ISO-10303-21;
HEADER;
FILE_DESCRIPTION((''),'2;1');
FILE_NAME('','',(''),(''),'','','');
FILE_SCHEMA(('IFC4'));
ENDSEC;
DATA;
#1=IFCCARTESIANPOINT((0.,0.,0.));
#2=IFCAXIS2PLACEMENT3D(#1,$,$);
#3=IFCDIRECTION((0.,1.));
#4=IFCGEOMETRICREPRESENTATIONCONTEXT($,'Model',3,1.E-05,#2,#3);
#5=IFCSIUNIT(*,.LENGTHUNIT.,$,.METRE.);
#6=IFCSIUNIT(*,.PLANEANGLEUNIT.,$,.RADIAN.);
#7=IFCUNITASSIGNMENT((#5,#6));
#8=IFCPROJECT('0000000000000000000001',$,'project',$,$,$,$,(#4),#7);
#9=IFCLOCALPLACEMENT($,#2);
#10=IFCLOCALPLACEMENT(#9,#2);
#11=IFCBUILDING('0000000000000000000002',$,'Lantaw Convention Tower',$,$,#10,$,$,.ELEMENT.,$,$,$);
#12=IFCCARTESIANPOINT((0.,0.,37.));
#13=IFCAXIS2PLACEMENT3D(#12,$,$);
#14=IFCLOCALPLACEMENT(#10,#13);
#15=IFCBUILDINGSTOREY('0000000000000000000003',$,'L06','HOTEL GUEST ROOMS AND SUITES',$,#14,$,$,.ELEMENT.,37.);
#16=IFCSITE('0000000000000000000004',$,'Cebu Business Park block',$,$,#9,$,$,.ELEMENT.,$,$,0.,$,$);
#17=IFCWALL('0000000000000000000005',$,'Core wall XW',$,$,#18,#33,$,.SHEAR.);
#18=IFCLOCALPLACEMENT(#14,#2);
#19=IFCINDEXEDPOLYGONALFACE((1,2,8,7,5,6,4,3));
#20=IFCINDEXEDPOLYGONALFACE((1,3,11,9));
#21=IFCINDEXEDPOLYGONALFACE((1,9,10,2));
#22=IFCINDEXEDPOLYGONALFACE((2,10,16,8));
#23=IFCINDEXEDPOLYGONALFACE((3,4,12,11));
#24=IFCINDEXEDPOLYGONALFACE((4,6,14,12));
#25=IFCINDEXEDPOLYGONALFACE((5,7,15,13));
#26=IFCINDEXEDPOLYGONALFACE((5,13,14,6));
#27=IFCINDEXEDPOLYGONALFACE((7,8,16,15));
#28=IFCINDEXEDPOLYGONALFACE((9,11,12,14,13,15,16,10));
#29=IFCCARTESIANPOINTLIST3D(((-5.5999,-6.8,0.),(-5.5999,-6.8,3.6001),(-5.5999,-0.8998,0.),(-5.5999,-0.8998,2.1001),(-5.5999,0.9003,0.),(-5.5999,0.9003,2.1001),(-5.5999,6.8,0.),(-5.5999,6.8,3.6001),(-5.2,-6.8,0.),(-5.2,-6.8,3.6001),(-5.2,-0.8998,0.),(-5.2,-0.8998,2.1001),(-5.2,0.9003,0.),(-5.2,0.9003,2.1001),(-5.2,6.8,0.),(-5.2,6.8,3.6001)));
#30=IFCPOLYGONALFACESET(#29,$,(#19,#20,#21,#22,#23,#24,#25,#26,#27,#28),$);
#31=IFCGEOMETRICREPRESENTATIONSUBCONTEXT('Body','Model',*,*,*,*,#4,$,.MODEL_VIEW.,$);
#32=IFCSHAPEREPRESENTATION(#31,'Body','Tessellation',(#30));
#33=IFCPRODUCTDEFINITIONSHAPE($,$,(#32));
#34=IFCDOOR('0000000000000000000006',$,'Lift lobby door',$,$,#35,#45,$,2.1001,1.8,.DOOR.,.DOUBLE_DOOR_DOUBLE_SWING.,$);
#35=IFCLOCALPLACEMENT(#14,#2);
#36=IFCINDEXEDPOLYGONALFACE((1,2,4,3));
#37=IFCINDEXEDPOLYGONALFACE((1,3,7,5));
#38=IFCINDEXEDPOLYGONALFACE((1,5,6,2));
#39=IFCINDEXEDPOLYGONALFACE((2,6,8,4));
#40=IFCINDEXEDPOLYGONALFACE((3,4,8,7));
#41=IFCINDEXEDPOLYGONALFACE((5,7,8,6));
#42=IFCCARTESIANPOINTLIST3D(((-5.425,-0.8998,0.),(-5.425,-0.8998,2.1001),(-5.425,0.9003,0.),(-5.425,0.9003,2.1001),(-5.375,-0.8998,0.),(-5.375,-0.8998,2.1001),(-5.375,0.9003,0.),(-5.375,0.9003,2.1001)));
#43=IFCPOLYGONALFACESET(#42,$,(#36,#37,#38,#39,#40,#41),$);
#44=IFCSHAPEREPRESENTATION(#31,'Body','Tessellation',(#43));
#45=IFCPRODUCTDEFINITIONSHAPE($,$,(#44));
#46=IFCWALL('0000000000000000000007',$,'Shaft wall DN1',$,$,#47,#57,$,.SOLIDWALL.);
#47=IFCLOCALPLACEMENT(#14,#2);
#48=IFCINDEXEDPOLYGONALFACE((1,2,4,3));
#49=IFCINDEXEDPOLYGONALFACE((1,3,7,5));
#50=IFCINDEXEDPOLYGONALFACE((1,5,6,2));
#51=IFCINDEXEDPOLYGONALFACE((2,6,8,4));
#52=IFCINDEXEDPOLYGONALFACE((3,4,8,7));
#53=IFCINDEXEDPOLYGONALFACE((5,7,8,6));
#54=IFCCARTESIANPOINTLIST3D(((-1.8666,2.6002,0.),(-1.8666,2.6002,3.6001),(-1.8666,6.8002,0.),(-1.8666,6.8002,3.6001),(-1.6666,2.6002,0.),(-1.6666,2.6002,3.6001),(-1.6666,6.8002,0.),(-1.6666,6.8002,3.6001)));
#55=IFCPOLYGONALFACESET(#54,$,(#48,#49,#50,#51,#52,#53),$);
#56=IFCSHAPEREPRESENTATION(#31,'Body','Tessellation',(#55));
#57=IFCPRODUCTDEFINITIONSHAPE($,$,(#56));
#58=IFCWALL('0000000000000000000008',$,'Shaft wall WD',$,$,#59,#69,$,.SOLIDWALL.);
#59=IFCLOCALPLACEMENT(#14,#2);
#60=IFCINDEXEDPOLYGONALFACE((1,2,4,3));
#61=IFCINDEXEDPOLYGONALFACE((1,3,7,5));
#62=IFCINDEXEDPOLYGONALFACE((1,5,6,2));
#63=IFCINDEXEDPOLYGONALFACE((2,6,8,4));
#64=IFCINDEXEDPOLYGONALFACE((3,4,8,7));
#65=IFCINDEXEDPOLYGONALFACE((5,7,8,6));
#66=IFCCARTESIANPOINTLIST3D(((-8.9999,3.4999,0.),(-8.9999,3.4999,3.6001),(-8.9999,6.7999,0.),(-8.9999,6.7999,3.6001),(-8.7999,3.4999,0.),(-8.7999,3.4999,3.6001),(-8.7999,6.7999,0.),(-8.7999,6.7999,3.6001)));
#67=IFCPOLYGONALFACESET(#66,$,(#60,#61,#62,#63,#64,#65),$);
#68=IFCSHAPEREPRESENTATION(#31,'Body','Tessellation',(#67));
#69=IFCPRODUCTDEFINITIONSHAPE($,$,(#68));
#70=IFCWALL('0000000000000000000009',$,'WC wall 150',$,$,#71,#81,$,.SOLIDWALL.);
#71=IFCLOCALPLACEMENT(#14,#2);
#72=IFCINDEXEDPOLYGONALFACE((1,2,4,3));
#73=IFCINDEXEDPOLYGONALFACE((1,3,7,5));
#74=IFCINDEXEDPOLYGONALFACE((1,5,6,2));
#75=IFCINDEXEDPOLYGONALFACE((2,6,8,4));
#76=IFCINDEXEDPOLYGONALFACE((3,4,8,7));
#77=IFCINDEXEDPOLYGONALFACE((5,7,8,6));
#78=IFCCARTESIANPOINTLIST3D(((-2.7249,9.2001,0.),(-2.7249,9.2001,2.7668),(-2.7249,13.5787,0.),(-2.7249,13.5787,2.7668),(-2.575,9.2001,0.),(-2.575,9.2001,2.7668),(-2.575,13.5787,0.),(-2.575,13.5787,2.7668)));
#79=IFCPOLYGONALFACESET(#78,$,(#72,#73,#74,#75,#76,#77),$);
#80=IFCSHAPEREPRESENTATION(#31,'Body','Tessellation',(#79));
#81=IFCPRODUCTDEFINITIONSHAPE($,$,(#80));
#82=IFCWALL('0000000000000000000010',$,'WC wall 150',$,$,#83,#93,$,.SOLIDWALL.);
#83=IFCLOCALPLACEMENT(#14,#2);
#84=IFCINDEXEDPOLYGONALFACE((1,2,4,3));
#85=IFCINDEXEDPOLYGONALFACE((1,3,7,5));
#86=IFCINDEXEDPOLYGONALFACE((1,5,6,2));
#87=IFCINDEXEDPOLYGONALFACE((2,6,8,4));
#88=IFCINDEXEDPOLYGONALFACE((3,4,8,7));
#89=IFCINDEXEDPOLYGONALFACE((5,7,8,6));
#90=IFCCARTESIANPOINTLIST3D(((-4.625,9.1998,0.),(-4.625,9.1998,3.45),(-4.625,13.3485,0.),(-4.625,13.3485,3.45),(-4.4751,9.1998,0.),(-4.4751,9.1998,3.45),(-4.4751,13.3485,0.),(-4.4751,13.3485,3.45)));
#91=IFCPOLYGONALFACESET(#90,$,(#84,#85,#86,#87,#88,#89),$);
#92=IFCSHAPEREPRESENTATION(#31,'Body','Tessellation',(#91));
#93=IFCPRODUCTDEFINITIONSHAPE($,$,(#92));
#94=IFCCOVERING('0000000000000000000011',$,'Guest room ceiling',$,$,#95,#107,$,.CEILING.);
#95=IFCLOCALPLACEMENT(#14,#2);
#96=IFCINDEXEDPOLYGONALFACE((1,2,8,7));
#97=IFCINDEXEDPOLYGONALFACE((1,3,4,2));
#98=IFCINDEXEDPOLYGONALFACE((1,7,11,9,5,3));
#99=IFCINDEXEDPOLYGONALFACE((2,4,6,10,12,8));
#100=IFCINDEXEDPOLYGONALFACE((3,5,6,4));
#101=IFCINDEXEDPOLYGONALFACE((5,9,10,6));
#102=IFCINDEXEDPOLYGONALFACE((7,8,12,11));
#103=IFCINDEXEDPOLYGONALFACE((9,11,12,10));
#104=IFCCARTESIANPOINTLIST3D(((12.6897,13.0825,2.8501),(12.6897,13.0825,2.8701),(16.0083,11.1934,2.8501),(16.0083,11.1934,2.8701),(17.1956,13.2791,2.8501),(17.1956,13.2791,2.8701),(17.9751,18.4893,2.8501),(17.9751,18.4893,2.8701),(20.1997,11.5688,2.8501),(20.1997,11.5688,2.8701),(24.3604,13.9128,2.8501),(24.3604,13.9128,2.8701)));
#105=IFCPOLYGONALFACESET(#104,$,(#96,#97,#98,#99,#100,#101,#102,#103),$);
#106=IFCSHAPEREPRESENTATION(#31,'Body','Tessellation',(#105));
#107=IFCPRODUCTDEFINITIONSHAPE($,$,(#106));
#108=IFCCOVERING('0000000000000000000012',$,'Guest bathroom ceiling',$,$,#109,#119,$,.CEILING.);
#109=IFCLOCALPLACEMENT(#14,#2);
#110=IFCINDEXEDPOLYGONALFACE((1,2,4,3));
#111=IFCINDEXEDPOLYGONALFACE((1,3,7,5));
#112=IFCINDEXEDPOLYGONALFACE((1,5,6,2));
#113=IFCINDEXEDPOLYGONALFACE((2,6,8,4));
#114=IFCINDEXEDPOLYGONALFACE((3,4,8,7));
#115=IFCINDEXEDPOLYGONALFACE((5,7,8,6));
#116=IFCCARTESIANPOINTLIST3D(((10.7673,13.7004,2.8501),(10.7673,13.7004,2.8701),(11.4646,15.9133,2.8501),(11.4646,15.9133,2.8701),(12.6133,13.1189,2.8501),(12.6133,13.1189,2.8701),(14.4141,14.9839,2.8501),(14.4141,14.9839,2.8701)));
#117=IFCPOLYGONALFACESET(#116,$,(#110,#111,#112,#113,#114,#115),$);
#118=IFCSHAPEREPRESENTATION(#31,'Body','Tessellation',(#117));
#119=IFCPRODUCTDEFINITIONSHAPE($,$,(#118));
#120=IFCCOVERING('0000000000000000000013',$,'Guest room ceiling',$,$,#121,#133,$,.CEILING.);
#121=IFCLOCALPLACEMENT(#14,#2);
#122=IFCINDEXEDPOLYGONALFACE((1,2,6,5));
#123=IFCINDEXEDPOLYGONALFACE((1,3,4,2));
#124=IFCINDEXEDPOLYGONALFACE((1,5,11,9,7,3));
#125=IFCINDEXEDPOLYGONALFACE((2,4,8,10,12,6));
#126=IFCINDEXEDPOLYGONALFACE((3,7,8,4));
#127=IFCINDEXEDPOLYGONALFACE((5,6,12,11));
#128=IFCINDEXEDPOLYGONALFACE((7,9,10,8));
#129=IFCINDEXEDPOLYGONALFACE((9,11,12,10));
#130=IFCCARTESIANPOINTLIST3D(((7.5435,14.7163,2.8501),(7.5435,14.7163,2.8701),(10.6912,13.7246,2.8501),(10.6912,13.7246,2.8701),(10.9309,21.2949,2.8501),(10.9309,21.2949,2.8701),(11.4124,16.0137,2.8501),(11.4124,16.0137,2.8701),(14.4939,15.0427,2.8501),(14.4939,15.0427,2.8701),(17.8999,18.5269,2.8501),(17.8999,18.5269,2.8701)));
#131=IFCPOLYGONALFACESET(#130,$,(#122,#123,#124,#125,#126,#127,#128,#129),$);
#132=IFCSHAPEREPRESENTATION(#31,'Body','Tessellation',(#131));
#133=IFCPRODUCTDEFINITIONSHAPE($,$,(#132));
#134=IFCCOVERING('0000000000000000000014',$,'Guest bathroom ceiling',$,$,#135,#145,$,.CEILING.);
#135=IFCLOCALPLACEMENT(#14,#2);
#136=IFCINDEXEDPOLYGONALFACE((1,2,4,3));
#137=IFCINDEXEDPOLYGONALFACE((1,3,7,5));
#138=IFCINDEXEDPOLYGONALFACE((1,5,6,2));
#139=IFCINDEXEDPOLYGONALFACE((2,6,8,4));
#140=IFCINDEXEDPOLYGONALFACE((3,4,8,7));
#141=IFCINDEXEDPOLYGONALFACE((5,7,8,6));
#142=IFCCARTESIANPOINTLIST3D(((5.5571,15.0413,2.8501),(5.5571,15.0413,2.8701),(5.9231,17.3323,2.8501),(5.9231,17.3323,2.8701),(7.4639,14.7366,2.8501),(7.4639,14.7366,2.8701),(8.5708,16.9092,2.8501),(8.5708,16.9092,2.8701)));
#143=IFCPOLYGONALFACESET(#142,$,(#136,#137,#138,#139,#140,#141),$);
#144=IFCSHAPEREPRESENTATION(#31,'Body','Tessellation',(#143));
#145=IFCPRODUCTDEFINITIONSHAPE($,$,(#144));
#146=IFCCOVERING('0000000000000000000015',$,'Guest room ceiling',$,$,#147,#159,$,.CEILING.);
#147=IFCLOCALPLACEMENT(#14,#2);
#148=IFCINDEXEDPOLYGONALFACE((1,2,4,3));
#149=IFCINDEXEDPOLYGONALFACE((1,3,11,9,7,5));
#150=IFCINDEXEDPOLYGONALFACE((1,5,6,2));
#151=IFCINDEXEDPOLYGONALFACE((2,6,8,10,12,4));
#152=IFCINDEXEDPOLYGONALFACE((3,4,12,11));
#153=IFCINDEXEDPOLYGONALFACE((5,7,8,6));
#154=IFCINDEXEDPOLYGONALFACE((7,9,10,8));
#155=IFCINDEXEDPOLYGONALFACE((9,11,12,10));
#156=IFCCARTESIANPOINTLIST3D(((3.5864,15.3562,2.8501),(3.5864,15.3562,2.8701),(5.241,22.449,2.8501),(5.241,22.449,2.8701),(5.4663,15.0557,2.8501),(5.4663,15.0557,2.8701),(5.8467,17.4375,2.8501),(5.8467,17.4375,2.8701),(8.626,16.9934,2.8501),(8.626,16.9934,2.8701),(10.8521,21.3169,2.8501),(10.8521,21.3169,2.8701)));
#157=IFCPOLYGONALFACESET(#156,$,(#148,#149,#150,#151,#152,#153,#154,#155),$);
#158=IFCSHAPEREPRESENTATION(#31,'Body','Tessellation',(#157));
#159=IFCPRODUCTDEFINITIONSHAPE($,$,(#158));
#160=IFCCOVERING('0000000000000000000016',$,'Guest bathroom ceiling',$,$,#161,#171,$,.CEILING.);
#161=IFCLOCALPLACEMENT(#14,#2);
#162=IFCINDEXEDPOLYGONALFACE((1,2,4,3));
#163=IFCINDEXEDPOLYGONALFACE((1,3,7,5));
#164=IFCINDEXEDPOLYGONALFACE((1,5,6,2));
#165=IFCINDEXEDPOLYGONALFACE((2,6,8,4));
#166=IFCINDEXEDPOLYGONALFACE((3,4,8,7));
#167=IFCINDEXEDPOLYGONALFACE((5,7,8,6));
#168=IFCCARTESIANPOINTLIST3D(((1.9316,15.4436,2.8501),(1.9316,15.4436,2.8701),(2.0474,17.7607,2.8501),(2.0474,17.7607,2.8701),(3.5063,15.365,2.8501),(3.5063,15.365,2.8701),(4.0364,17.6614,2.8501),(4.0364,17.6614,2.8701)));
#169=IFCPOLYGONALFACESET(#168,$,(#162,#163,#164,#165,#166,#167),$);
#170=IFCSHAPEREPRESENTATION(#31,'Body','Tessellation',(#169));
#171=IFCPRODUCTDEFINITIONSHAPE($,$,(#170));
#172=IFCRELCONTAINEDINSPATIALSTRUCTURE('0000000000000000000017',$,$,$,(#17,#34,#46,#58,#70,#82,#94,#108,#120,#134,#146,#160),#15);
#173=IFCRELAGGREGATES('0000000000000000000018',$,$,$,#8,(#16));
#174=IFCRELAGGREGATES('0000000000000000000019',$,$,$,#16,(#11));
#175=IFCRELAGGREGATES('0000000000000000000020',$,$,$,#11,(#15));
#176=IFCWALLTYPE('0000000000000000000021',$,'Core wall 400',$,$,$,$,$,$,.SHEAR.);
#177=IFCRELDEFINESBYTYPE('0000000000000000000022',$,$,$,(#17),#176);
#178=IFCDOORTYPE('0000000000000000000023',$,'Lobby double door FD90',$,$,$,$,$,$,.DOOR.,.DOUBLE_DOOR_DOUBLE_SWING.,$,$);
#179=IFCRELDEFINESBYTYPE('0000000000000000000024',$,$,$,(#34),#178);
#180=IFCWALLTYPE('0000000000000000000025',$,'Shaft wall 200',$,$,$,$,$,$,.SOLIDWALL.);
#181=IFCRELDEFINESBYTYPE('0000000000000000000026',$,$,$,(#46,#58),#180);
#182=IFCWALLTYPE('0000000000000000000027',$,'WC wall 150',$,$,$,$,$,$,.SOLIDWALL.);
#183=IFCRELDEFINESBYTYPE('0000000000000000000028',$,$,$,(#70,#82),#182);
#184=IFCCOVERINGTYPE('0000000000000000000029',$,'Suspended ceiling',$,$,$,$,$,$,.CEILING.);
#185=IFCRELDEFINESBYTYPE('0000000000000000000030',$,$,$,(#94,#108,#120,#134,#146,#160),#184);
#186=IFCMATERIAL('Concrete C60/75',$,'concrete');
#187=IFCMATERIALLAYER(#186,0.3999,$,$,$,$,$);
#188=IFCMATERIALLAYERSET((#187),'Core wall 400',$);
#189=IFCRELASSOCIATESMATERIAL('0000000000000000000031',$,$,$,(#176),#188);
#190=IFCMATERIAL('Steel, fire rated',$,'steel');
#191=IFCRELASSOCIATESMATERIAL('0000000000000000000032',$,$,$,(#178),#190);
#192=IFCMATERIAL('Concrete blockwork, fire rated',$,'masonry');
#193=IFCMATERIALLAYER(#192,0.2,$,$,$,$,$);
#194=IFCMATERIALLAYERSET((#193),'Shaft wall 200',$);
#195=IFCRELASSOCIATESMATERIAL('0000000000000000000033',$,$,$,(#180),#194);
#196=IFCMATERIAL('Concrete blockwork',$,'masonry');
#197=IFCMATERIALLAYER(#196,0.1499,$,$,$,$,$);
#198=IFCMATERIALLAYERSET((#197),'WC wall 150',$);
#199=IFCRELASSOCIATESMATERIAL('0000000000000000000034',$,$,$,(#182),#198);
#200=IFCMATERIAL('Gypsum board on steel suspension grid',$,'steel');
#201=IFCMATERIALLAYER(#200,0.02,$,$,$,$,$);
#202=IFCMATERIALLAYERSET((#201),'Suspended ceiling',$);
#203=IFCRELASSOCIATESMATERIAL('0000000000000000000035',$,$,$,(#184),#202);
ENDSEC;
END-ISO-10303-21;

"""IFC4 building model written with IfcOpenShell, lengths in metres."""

from ifc_helpers import new_model, si_unit, direction, frame, frame_2d, origin, place, context, subcontext, project, spatial, polyline, rectangle, outline, extrude, material, layer, layer_set, type_object, element, fill, save


model = new_model("IFC4")

# Units and contexts
model_context = context("Model", 3, precision=1e-05, world=origin(), true_north=direction((0.0, 1.0)))
body_context = subcontext(model_context, "Body", "Model", "MODEL_VIEW")
ifc_project = project(units=[si_unit("LENGTHUNIT", "METRE"), si_unit("PLANEANGLEUNIT", "RADIAN")], contexts=[model_context])

# Site, building, storey
site_placement = place(None, origin())
site = spatial("IfcSite", under=ifc_project, at=site_placement, Name="Cebu Business Park block", CompositionType="ELEMENT", RefElevation=0.0)
building_placement = place(site_placement, origin())
building = spatial("IfcBuilding", under=site, at=building_placement, Name="Lantaw Convention Tower", CompositionType="ELEMENT")
storey_placement = place(building_placement, frame((0.0, 0.0, 37.0)))
storey = spatial("IfcBuildingStorey", under=building, at=storey_placement, Name="L06", Description="HOTEL GUEST ROOMS AND SUITES", CompositionType="ELEMENT", Elevation=37.0)

# Wall, opening, door
ifc_material_1 = material(Name="Concrete C60/75", Category="concrete")
ifc_layer_1 = layer(ifc_material_1, 0.3999)
ifc_layer_set_1 = layer_set([ifc_layer_1], Name="Core wall 400")
wall_type_1 = type_object("IfcWallType", Name="Core wall 400", PredefinedType="SHEAR", material=ifc_layer_set_1)
wall_1_placement = place(storey_placement, frame((-5.3999, 6.8, 0.0), z_axis=(0.0, 0.0, 1.0), x_axis=(0.0, -1.0, 0.0)))
wall_1 = element("IfcWall", 1, at=wall_1_placement, inside=storey, type_object=wall_type_1, Name="Core wall XW", PredefinedType="SHEAR", context=body_context, shape_type="SweptSolid", body=[
    extrude(rectangle(XDim=13.6001, YDim=0.3999, at=frame_2d((6.8, 0.0))), origin(), (0.0, 0.0, 1.0), 3.6001),
])
opening_placement = place(wall_1_placement, frame((5.8999, 0.0, 0.0)))
opening = element("IfcOpeningElement", 2, at=opening_placement, cuts=wall_1, PredefinedType="OPENING", context=body_context, shape_type="SweptSolid", body=[
    extrude(rectangle(XDim=1.8, YDim=2.1001, at=frame_2d((0.8999, 1.05))), frame((0.0, 0.21, 0.0), z_axis=(0.0, -1.0, 0.0), x_axis=(1.0, 0.0, 0.0)), (0.0, 0.0, 1.0), 0.4199),
])
ifc_material_2 = material(Name="Steel, fire rated", Category="steel")
door_type = type_object("IfcDoorType", Name="Lobby double door FD90", OperationType="DOUBLE_DOOR_DOUBLE_SWING", PredefinedType="DOOR", material=ifc_material_2)
door_placement = place(opening_placement, origin())
door = element("IfcDoor", 3, at=door_placement, inside=storey, type_object=door_type, Name="Lift lobby door", OperationType="DOUBLE_DOOR_DOUBLE_SWING", OverallHeight=2.1001, OverallWidth=1.8, PredefinedType="DOOR", context=body_context, shape_type="SweptSolid", body=[
    extrude(rectangle(XDim=1.8, YDim=2.1001, at=frame_2d((0.8999, 1.05))), frame((0.0, 0.0249, 0.0), z_axis=(0.0, -1.0, 0.0), x_axis=(1.0, 0.0, 0.0)), (0.0, 0.0, 1.0), 0.05),
])
fill(opening, door)

# Walls
ifc_material_3 = material(Name="Concrete blockwork, fire rated", Category="masonry")
ifc_layer_2 = layer(ifc_material_3, 0.2)
ifc_layer_set_2 = layer_set([ifc_layer_2], Name="Shaft wall 200")
wall_type_2 = type_object("IfcWallType", Name="Shaft wall 200", PredefinedType="SOLIDWALL", material=ifc_layer_set_2)
wall_2_placement = place(storey_placement, frame((-1.7666, 2.6001, 0.0), z_axis=(0.0, 0.0, 1.0), x_axis=(0.0, 1.0, 0.0)))
element("IfcWall", 4, at=wall_2_placement, inside=storey, type_object=wall_type_2, Name="Shaft wall DN1", PredefinedType="SOLIDWALL", context=body_context, shape_type="SweptSolid", body=[
    extrude(rectangle(XDim=4.2, YDim=0.2, at=frame_2d((2.1001, 0.0))), origin(), (0.0, 0.0, 1.0), 3.6001),
])
wall_3_placement = place(storey_placement, frame((-8.8999, 3.5, 0.0), z_axis=(0.0, 0.0, 1.0), x_axis=(0.0, 1.0, 0.0)))
element("IfcWall", 5, at=wall_3_placement, inside=storey, type_object=wall_type_2, Name="Shaft wall WD", PredefinedType="SOLIDWALL", context=body_context, shape_type="SweptSolid", body=[
    extrude(rectangle(XDim=3.3, YDim=0.2, at=frame_2d((1.6499, 0.0))), origin(), (0.0, 0.0, 1.0), 3.6001),
])
ifc_material_4 = material(Name="Concrete blockwork", Category="masonry")
ifc_layer_3 = layer(ifc_material_4, 0.1499)
ifc_layer_set_3 = layer_set([ifc_layer_3], Name="WC wall 150")
wall_type_3 = type_object("IfcWallType", Name="WC wall 150", PredefinedType="SOLIDWALL", material=ifc_layer_set_3)
wall_4_placement = place(storey_placement, frame((-2.6499, 9.2, 0.0), z_axis=(0.0, 0.0, 1.0), x_axis=(0.0, 1.0, 0.0)))
element("IfcWall", 6, at=wall_4_placement, inside=storey, type_object=wall_type_3, Name="WC wall 150", PredefinedType="SOLIDWALL", context=body_context, shape_type="SweptSolid", body=[
    extrude(rectangle(XDim=4.3787, YDim=0.1499, at=frame_2d((2.1895, 0.0))), origin(), (0.0, 0.0, 1.0), 2.7668),
])
wall_5_placement = place(storey_placement, frame((-4.55, 9.2, 0.0), z_axis=(0.0, 0.0, 1.0), x_axis=(0.0, 1.0, 0.0)))
element("IfcWall", 7, at=wall_5_placement, inside=storey, type_object=wall_type_3, Name="WC wall 150", PredefinedType="SOLIDWALL", context=body_context, shape_type="SweptSolid", body=[
    extrude(rectangle(XDim=4.1487, YDim=0.1499, at=frame_2d((2.0742, 0.0))), origin(), (0.0, 0.0, 1.0), 3.45),
])

# Coverings
ifc_material_5 = material(Name="Gypsum board on steel suspension grid", Category="steel")
ifc_layer_4 = layer(ifc_material_5, 0.02)
ifc_layer_set_4 = layer_set([ifc_layer_4], Name="Suspended ceiling")
covering_type = type_object("IfcCoveringType", Name="Suspended ceiling", PredefinedType="CEILING", material=ifc_layer_set_4)
covering_1_placement = place(storey_placement, frame((0.0, 0.0, 2.8501)))
element("IfcCovering", 8, at=covering_1_placement, inside=storey, type_object=covering_type, Name="Guest room ceiling", PredefinedType="CEILING", context=body_context, shape_type="SweptSolid", body=[
    extrude(outline(polyline([(12.6897, 13.0825), (16.0083, 11.1934), (17.1956, 13.2791), (20.1997, 11.5688), (24.3604, 13.9128), (17.9751, 18.4893), (12.6897, 13.0825)])), origin(), (0.0, 0.0, 1.0), 0.02),
])
covering_2_placement = place(storey_placement, frame((0.0, 0.0, 2.8501)))
element("IfcCovering", 9, at=covering_2_placement, inside=storey, type_object=covering_type, Name="Guest bathroom ceiling", PredefinedType="CEILING", context=body_context, shape_type="SweptSolid", body=[
    extrude(outline(polyline([(12.6133, 13.1189), (14.4141, 14.9839), (11.4646, 15.9133), (10.7673, 13.7004), (12.6133, 13.1189)])), origin(), (0.0, 0.0, 1.0), 0.02),
])
covering_3_placement = place(storey_placement, frame((0.0, 0.0, 2.8501)))
element("IfcCovering", 10, at=covering_3_placement, inside=storey, type_object=covering_type, Name="Guest room ceiling", PredefinedType="CEILING", context=body_context, shape_type="SweptSolid", body=[
    extrude(outline(polyline([(7.5435, 14.7163), (10.6912, 13.7246), (11.4124, 16.0137), (14.4939, 15.0427), (17.8999, 18.5269), (10.9309, 21.2949), (7.5435, 14.7163)])), origin(), (0.0, 0.0, 1.0), 0.02),
])
covering_4_placement = place(storey_placement, frame((0.0, 0.0, 2.8501)))
element("IfcCovering", 11, at=covering_4_placement, inside=storey, type_object=covering_type, Name="Guest bathroom ceiling", PredefinedType="CEILING", context=body_context, shape_type="SweptSolid", body=[
    extrude(outline(polyline([(7.4639, 14.7366), (8.5708, 16.9092), (5.9231, 17.3323), (5.5571, 15.0413), (7.4639, 14.7366)])), origin(), (0.0, 0.0, 1.0), 0.02),
])
covering_5_placement = place(storey_placement, frame((0.0, 0.0, 2.8501)))
element("IfcCovering", 12, at=covering_5_placement, inside=storey, type_object=covering_type, Name="Guest room ceiling", PredefinedType="CEILING", context=body_context, shape_type="SweptSolid", body=[
    extrude(outline(polyline([(5.241, 22.449), (3.5864, 15.3562), (5.4663, 15.0557), (5.8467, 17.4375), (8.626, 16.9934), (10.8521, 21.3169), (5.241, 22.449)])), origin(), (0.0, 0.0, 1.0), 0.02),
])
covering_6_placement = place(storey_placement, frame((0.0, 0.0, 2.8501)))
element("IfcCovering", 13, at=covering_6_placement, inside=storey, type_object=covering_type, Name="Guest bathroom ceiling", PredefinedType="CEILING", context=body_context, shape_type="SweptSolid", body=[
    extrude(outline(polyline([(3.5063, 15.365), (4.0364, 17.6614), (2.0474, 17.7607), (1.9316, 15.4436), (3.5063, 15.365)])), origin(), (0.0, 0.0, 1.0), 0.02),
])

save(model, "model.ifc")
